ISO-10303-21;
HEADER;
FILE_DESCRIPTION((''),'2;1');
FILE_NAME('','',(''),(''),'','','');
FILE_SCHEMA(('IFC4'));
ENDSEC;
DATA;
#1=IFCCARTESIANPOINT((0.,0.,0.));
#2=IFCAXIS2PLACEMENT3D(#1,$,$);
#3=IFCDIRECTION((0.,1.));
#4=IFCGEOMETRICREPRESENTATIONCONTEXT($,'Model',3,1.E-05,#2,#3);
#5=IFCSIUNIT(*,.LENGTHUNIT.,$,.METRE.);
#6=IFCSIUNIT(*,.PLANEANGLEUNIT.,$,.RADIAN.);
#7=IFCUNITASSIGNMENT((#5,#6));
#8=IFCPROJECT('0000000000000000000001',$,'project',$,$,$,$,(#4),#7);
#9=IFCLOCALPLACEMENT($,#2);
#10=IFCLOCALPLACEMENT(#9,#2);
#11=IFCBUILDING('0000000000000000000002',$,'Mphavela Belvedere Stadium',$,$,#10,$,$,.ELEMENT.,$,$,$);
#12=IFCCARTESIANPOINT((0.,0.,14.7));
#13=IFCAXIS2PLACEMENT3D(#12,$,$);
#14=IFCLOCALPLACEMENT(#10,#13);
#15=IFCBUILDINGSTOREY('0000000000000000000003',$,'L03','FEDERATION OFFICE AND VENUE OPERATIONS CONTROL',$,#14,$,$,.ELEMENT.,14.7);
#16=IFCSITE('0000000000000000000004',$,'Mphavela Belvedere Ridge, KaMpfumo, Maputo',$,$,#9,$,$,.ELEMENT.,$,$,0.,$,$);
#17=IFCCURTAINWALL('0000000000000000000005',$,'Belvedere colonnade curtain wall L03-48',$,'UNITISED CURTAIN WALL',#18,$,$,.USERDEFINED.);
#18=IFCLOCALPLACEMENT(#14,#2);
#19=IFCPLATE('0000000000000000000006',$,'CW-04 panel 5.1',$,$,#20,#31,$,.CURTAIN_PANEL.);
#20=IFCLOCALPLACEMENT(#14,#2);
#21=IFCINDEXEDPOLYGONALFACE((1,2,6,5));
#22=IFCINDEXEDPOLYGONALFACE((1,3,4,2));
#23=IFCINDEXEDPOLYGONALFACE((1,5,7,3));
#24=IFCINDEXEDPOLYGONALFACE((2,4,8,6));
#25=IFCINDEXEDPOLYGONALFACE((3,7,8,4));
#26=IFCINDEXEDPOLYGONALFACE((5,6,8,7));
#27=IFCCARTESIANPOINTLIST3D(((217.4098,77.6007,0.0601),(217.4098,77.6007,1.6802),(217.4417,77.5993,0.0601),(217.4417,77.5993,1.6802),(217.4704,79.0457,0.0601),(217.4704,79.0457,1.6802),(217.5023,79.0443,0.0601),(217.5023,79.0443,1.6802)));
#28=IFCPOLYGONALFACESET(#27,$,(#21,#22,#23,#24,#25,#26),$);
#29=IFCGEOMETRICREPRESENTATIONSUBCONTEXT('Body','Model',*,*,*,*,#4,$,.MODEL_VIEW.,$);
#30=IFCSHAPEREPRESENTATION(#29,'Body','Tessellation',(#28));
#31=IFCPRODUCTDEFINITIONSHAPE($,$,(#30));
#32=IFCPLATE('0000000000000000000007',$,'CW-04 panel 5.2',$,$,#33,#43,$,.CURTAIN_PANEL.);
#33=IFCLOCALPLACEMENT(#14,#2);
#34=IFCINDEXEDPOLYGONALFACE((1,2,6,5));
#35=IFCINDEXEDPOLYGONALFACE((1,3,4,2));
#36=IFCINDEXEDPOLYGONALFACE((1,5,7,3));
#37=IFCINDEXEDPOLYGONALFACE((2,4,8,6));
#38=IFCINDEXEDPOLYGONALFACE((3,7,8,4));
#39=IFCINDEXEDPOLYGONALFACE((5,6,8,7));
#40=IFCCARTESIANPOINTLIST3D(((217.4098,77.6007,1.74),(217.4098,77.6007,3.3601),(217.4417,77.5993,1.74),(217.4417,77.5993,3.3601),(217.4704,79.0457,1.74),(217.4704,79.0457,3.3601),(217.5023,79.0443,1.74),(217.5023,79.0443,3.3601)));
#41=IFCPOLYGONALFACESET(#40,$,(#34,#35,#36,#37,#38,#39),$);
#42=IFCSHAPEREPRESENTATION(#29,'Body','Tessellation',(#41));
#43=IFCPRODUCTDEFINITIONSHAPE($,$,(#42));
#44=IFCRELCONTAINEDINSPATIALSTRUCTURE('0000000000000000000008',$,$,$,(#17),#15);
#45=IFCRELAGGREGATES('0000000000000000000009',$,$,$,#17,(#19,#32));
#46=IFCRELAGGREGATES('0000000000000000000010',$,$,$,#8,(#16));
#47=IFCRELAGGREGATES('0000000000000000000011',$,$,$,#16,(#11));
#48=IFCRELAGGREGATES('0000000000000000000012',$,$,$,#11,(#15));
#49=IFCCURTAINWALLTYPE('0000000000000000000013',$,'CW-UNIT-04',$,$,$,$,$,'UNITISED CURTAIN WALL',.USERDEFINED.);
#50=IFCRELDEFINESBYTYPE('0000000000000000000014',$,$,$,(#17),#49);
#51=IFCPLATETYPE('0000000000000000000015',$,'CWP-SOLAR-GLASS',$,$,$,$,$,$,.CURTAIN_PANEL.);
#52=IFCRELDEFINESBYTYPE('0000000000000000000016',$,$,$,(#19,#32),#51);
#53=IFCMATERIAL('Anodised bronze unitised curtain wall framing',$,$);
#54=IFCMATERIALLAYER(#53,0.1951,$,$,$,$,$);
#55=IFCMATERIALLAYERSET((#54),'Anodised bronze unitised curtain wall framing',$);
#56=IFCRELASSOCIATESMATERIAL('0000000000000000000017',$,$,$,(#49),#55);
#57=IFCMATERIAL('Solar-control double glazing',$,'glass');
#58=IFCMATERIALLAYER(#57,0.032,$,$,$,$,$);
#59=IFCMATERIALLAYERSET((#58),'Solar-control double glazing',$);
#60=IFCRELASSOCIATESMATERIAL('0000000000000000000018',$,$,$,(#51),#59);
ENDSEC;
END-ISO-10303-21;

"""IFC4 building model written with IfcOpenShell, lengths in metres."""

from ifc_helpers import new_model, si_unit, direction, frame, origin, origin_2d, place, context, subcontext, project, spatial, rectangle, extrude, material, layer, layer_set, type_object, element, aggregate, save


model = new_model("IFC4")

# Units and contexts
model_context = context("Model", 3, precision=1e-05, world=origin(), true_north=direction((0.0, 1.0)))
body_context = subcontext(model_context, "Body", "Model", "MODEL_VIEW")
ifc_project = project(units=[si_unit("LENGTHUNIT", "METRE"), si_unit("PLANEANGLEUNIT", "RADIAN")], contexts=[model_context])

# Site, building, storey
site_placement = place(None, origin())
site = spatial("IfcSite", under=ifc_project, at=site_placement, Name="Mphavela Belvedere Ridge, KaMpfumo, Maputo", CompositionType="ELEMENT", RefElevation=0.0)
building_placement = place(site_placement, origin())
building = spatial("IfcBuilding", under=site, at=building_placement, Name="Mphavela Belvedere Stadium", CompositionType="ELEMENT")
storey_placement = place(building_placement, frame((0.0, 0.0, 14.7)))
storey = spatial("IfcBuildingStorey", under=building, at=storey_placement, Name="L03", Description="FEDERATION OFFICE AND VENUE OPERATIONS CONTROL", CompositionType="ELEMENT", Elevation=14.7)

# Curtain wall, plates
ifc_material_1 = material(Name="Anodised bronze unitised curtain wall framing")
ifc_layer_1 = layer(ifc_material_1, 0.1951)
ifc_layer_set_1 = layer_set([ifc_layer_1], Name="Anodised bronze unitised curtain wall framing")
curtain_wall_type = type_object("IfcCurtainWallType", Name="CW-UNIT-04", ElementType="UNITISED CURTAIN WALL", PredefinedType="USERDEFINED", material=ifc_layer_set_1)
curtain_wall_placement = place(storey_placement, origin())
curtain_wall = element("IfcCurtainWall", 1, at=curtain_wall_placement, inside=storey, type_object=curtain_wall_type, Name="Belvedere colonnade curtain wall L03-48", ObjectType="UNITISED CURTAIN WALL", PredefinedType="USERDEFINED")
ifc_material_2 = material(Name="Solar-control double glazing", Category="glass")
ifc_layer_2 = layer(ifc_material_2, 0.032)
ifc_layer_set_2 = layer_set([ifc_layer_2], Name="Solar-control double glazing")
plate_type = type_object("IfcPlateType", Name="CWP-SOLAR-GLASS", PredefinedType="CURTAIN_PANEL", material=ifc_layer_set_2)
plate_1_placement = place(storey_placement, frame((217.4561, 78.3225, 0.0601), z_axis=(0.0, 0.0, 1.0), x_axis=(0.041911, 0.999121, 0.0)))
plate_1 = element("IfcPlate", 2, at=plate_1_placement, type_object=plate_type, Name="CW-04 panel 5.1", PredefinedType="CURTAIN_PANEL", context=body_context, shape_type="SweptSolid", body=[
    extrude(rectangle(XDim=1.4463, YDim=0.032, at=origin_2d()), origin(), (0.0, 0.0, 1.0), 1.6201),
])
plate_2_placement = place(storey_placement, frame((217.4561, 78.3225, 1.74), z_axis=(0.0, 0.0, 1.0), x_axis=(0.041911, 0.999121, 0.0)))
plate_2 = element("IfcPlate", 3, at=plate_2_placement, type_object=plate_type, Name="CW-04 panel 5.2", PredefinedType="CURTAIN_PANEL", context=body_context, shape_type="SweptSolid", body=[
    extrude(rectangle(XDim=1.4463, YDim=0.032, at=origin_2d()), origin(), (0.0, 0.0, 1.0), 1.6201),
])
aggregate(curtain_wall, [plate_1, plate_2])

save(model, "model.ifc")
